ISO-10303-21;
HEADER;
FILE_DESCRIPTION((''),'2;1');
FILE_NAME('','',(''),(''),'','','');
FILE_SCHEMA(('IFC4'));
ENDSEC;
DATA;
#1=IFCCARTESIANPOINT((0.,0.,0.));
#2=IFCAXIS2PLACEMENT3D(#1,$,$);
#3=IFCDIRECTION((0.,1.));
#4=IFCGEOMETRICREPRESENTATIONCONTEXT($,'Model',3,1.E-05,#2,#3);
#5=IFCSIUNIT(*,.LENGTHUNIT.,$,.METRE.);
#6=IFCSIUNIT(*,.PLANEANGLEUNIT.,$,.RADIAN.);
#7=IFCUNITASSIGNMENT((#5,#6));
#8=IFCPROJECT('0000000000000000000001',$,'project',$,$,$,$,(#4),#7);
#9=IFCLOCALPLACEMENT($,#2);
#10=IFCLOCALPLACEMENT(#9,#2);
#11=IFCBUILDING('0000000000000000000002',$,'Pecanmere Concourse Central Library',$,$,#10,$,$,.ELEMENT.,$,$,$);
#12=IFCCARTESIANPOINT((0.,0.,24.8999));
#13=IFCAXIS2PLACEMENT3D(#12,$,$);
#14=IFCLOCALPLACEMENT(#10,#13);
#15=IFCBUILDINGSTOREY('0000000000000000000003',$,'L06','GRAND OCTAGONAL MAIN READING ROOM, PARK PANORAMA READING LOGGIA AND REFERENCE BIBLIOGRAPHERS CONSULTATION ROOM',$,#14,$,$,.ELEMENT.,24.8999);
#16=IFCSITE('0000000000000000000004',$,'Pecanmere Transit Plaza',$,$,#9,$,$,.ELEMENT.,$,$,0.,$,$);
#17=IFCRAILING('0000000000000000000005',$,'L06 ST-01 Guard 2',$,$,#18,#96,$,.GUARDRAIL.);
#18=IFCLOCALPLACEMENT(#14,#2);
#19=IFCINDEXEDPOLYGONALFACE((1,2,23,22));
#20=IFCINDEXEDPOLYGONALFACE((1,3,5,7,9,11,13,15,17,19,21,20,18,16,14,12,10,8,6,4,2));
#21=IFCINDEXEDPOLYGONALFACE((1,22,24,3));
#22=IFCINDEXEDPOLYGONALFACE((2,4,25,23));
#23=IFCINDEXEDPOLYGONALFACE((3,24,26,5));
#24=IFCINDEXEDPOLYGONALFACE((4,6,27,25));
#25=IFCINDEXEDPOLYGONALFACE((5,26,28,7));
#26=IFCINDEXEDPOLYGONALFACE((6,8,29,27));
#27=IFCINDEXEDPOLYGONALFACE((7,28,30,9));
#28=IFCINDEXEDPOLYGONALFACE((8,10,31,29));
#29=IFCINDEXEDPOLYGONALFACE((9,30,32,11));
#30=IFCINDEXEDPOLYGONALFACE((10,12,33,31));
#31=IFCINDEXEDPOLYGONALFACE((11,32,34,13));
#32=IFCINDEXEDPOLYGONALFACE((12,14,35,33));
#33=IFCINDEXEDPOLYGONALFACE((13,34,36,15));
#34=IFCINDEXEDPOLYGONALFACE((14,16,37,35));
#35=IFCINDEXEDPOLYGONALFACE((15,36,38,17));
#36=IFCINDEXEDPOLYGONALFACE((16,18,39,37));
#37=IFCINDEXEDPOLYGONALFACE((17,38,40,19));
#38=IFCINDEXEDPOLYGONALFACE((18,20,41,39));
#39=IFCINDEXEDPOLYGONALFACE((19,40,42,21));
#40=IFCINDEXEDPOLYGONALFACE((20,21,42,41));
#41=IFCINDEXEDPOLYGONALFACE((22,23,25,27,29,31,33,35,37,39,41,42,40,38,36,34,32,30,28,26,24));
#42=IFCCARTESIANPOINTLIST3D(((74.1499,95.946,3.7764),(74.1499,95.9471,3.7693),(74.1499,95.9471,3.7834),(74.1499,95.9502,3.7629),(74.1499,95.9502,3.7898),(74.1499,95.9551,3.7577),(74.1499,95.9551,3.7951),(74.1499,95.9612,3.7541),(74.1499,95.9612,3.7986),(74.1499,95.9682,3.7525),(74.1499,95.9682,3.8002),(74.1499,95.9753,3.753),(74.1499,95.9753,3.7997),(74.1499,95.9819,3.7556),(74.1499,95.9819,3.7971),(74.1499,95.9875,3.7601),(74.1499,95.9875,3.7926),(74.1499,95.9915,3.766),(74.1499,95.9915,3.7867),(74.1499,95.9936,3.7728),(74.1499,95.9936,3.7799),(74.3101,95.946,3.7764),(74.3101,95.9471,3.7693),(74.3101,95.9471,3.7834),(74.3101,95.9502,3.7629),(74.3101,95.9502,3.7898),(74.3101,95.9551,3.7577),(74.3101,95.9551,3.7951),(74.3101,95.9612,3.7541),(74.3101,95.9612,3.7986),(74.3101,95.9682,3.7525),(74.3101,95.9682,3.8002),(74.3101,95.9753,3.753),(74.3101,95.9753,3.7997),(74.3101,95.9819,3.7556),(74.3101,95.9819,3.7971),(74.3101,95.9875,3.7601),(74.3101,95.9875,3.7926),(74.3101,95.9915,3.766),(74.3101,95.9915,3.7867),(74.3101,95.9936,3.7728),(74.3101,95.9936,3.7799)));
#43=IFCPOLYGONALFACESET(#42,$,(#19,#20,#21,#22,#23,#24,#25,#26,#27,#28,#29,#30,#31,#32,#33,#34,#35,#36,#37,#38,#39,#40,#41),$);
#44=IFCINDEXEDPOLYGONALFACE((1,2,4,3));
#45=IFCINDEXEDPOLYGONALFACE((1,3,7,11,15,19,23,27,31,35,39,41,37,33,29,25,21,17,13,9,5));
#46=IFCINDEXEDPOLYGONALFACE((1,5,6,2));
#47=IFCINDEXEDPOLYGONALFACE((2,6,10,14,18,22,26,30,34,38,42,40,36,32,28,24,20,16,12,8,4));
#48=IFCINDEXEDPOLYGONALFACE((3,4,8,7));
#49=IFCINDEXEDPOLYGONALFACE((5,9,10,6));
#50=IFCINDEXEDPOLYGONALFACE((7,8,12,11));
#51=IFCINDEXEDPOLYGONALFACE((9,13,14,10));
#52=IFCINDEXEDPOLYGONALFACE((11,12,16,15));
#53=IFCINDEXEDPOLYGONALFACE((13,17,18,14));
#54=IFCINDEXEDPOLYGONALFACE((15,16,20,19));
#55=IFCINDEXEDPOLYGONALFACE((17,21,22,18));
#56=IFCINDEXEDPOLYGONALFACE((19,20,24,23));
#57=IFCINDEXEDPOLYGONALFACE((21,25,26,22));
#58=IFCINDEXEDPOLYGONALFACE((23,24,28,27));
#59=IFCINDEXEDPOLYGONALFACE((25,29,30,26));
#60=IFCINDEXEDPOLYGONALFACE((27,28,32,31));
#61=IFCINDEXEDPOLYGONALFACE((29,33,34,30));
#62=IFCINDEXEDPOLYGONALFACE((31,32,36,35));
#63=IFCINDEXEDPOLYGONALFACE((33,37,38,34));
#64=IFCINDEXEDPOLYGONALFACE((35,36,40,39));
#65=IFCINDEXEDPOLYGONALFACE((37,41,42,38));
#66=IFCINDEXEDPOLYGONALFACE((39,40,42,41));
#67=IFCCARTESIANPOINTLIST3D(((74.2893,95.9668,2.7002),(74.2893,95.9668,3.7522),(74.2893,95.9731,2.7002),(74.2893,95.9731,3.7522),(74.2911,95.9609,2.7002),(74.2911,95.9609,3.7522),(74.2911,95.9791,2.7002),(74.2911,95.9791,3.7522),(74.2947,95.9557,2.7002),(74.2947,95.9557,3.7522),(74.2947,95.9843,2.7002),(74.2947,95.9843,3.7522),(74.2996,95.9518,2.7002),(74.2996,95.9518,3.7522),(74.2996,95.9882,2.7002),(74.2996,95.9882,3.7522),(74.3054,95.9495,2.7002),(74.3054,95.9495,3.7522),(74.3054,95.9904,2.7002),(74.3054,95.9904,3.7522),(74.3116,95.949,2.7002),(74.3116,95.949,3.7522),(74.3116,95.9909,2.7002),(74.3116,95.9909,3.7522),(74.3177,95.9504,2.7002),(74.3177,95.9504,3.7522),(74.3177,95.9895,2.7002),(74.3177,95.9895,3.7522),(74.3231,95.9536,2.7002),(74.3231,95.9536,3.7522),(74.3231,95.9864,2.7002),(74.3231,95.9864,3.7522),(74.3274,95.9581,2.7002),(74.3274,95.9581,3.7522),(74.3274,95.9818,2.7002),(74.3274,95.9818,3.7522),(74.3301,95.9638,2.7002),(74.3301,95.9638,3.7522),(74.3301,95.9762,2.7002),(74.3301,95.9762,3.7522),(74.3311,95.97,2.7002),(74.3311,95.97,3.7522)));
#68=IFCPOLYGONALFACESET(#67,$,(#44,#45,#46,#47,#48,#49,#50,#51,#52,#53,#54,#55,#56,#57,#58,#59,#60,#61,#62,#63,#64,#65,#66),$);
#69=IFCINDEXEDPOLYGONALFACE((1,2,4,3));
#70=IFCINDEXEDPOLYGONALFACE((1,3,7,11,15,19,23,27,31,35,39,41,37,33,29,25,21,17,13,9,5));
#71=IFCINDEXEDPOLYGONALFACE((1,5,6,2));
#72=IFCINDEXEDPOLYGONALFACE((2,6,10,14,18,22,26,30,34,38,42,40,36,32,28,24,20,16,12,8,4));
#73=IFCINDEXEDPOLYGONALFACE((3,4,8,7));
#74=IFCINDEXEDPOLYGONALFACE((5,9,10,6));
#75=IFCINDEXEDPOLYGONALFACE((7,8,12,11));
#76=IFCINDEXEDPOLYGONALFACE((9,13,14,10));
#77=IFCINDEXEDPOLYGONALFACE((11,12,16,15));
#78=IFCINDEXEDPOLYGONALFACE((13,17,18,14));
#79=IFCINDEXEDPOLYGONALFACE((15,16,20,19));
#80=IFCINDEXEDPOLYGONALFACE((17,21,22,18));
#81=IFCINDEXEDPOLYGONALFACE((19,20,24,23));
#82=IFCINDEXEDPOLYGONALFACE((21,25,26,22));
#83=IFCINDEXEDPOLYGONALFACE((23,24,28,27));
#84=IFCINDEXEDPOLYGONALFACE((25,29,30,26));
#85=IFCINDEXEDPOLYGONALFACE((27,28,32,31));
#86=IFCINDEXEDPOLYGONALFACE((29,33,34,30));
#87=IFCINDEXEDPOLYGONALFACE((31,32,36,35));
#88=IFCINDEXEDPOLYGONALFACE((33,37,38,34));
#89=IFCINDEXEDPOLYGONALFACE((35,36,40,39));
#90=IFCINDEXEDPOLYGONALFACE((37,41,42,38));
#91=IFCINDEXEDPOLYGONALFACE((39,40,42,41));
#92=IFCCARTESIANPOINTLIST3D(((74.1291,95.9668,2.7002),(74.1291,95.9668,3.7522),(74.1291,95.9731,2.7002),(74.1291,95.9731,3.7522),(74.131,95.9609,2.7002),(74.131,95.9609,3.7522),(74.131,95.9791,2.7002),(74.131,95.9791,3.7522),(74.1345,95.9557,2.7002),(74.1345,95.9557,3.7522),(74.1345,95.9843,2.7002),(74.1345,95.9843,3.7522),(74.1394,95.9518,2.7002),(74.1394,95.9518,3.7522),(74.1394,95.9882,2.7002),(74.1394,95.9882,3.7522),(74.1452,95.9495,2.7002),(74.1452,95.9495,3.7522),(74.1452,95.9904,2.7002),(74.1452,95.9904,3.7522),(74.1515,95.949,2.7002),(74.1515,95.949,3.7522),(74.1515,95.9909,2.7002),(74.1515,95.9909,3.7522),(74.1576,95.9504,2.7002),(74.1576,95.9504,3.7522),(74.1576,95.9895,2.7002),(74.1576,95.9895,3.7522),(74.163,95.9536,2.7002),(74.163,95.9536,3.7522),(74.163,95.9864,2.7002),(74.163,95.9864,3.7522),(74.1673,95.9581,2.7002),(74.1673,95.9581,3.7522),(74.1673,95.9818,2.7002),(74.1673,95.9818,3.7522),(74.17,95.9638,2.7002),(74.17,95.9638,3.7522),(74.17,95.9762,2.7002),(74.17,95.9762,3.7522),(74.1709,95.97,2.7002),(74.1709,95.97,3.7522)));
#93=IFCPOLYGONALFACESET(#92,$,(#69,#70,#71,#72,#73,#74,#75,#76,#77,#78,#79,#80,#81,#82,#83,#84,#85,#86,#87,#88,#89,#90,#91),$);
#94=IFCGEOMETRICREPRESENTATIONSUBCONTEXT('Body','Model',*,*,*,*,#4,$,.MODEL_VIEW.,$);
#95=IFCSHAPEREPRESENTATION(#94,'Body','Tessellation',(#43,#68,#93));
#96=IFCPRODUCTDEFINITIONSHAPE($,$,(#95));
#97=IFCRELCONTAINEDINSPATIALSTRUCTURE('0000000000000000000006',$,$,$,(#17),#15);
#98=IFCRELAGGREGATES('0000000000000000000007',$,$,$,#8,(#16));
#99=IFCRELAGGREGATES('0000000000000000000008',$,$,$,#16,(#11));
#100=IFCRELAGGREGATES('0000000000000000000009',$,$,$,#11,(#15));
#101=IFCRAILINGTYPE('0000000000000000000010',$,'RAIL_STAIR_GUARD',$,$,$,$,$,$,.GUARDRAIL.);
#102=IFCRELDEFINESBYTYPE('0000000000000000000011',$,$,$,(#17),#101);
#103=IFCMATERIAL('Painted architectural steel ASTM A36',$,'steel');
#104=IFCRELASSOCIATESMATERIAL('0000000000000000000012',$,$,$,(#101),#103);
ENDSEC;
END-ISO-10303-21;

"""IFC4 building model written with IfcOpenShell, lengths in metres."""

from ifc_helpers import new_model, si_unit, direction, frame, origin, origin_2d, place, context, subcontext, project, spatial, circle, extrude, material, type_object, element, save


model = new_model("IFC4")

# Units and contexts
model_context = context("Model", 3, precision=1e-05, world=origin(), true_north=direction((0.0, 1.0)))
body_context = subcontext(model_context, "Body", "Model", "MODEL_VIEW")
ifc_project = project(units=[si_unit("LENGTHUNIT", "METRE"), si_unit("PLANEANGLEUNIT", "RADIAN")], contexts=[model_context])

# Site, building, storey
site_placement = place(None, origin())
site = spatial("IfcSite", under=ifc_project, at=site_placement, Name="Pecanmere Transit Plaza", CompositionType="ELEMENT", RefElevation=0.0)
building_placement = place(site_placement, origin())
building = spatial("IfcBuilding", under=site, at=building_placement, Name="Pecanmere Concourse Central Library", CompositionType="ELEMENT")
storey_placement = place(building_placement, frame((0.0, 0.0, 24.8999)))
storey = spatial("IfcBuildingStorey", under=building, at=storey_placement, Name="L06", Description="GRAND OCTAGONAL MAIN READING ROOM, PARK PANORAMA READING LOGGIA AND REFERENCE BIBLIOGRAPHERS CONSULTATION ROOM", CompositionType="ELEMENT", Elevation=24.8999)

# Railing
ifc_material_1 = material(Name="Painted architectural steel ASTM A36", Category="steel")
railing_type_1 = type_object("IfcRailingType", Name="RAIL_STAIR_GUARD", PredefinedType="GUARDRAIL", material=ifc_material_1)
railing_1_placement = place(storey_placement, frame((74.3101, 95.97, 2.7002)))
element("IfcRailing", 1, at=railing_1_placement, inside=storey, type_object=railing_type_1, Name="L06 ST-01 Guard 2", PredefinedType="GUARDRAIL", context=body_context, shape_type="SweptSolid", body=[
    extrude(circle(Radius=0.0239, at=origin_2d()), frame((0.0, 0.0, 1.0762), z_axis=(-1.0, 0.0, 0.0), x_axis=(0.0, -1.0, 0.0)), (0.0, 0.0, 1.0), 0.1602),
    extrude(circle(Radius=0.021, at=origin_2d()), origin(), (0.0, 0.0, 1.0), 1.052),
    extrude(circle(Radius=0.021, at=origin_2d()), frame((-0.1602, 0.0, 0.0)), (0.0, 0.0, 1.0), 1.052),
])

save(model, "model.ifc")
